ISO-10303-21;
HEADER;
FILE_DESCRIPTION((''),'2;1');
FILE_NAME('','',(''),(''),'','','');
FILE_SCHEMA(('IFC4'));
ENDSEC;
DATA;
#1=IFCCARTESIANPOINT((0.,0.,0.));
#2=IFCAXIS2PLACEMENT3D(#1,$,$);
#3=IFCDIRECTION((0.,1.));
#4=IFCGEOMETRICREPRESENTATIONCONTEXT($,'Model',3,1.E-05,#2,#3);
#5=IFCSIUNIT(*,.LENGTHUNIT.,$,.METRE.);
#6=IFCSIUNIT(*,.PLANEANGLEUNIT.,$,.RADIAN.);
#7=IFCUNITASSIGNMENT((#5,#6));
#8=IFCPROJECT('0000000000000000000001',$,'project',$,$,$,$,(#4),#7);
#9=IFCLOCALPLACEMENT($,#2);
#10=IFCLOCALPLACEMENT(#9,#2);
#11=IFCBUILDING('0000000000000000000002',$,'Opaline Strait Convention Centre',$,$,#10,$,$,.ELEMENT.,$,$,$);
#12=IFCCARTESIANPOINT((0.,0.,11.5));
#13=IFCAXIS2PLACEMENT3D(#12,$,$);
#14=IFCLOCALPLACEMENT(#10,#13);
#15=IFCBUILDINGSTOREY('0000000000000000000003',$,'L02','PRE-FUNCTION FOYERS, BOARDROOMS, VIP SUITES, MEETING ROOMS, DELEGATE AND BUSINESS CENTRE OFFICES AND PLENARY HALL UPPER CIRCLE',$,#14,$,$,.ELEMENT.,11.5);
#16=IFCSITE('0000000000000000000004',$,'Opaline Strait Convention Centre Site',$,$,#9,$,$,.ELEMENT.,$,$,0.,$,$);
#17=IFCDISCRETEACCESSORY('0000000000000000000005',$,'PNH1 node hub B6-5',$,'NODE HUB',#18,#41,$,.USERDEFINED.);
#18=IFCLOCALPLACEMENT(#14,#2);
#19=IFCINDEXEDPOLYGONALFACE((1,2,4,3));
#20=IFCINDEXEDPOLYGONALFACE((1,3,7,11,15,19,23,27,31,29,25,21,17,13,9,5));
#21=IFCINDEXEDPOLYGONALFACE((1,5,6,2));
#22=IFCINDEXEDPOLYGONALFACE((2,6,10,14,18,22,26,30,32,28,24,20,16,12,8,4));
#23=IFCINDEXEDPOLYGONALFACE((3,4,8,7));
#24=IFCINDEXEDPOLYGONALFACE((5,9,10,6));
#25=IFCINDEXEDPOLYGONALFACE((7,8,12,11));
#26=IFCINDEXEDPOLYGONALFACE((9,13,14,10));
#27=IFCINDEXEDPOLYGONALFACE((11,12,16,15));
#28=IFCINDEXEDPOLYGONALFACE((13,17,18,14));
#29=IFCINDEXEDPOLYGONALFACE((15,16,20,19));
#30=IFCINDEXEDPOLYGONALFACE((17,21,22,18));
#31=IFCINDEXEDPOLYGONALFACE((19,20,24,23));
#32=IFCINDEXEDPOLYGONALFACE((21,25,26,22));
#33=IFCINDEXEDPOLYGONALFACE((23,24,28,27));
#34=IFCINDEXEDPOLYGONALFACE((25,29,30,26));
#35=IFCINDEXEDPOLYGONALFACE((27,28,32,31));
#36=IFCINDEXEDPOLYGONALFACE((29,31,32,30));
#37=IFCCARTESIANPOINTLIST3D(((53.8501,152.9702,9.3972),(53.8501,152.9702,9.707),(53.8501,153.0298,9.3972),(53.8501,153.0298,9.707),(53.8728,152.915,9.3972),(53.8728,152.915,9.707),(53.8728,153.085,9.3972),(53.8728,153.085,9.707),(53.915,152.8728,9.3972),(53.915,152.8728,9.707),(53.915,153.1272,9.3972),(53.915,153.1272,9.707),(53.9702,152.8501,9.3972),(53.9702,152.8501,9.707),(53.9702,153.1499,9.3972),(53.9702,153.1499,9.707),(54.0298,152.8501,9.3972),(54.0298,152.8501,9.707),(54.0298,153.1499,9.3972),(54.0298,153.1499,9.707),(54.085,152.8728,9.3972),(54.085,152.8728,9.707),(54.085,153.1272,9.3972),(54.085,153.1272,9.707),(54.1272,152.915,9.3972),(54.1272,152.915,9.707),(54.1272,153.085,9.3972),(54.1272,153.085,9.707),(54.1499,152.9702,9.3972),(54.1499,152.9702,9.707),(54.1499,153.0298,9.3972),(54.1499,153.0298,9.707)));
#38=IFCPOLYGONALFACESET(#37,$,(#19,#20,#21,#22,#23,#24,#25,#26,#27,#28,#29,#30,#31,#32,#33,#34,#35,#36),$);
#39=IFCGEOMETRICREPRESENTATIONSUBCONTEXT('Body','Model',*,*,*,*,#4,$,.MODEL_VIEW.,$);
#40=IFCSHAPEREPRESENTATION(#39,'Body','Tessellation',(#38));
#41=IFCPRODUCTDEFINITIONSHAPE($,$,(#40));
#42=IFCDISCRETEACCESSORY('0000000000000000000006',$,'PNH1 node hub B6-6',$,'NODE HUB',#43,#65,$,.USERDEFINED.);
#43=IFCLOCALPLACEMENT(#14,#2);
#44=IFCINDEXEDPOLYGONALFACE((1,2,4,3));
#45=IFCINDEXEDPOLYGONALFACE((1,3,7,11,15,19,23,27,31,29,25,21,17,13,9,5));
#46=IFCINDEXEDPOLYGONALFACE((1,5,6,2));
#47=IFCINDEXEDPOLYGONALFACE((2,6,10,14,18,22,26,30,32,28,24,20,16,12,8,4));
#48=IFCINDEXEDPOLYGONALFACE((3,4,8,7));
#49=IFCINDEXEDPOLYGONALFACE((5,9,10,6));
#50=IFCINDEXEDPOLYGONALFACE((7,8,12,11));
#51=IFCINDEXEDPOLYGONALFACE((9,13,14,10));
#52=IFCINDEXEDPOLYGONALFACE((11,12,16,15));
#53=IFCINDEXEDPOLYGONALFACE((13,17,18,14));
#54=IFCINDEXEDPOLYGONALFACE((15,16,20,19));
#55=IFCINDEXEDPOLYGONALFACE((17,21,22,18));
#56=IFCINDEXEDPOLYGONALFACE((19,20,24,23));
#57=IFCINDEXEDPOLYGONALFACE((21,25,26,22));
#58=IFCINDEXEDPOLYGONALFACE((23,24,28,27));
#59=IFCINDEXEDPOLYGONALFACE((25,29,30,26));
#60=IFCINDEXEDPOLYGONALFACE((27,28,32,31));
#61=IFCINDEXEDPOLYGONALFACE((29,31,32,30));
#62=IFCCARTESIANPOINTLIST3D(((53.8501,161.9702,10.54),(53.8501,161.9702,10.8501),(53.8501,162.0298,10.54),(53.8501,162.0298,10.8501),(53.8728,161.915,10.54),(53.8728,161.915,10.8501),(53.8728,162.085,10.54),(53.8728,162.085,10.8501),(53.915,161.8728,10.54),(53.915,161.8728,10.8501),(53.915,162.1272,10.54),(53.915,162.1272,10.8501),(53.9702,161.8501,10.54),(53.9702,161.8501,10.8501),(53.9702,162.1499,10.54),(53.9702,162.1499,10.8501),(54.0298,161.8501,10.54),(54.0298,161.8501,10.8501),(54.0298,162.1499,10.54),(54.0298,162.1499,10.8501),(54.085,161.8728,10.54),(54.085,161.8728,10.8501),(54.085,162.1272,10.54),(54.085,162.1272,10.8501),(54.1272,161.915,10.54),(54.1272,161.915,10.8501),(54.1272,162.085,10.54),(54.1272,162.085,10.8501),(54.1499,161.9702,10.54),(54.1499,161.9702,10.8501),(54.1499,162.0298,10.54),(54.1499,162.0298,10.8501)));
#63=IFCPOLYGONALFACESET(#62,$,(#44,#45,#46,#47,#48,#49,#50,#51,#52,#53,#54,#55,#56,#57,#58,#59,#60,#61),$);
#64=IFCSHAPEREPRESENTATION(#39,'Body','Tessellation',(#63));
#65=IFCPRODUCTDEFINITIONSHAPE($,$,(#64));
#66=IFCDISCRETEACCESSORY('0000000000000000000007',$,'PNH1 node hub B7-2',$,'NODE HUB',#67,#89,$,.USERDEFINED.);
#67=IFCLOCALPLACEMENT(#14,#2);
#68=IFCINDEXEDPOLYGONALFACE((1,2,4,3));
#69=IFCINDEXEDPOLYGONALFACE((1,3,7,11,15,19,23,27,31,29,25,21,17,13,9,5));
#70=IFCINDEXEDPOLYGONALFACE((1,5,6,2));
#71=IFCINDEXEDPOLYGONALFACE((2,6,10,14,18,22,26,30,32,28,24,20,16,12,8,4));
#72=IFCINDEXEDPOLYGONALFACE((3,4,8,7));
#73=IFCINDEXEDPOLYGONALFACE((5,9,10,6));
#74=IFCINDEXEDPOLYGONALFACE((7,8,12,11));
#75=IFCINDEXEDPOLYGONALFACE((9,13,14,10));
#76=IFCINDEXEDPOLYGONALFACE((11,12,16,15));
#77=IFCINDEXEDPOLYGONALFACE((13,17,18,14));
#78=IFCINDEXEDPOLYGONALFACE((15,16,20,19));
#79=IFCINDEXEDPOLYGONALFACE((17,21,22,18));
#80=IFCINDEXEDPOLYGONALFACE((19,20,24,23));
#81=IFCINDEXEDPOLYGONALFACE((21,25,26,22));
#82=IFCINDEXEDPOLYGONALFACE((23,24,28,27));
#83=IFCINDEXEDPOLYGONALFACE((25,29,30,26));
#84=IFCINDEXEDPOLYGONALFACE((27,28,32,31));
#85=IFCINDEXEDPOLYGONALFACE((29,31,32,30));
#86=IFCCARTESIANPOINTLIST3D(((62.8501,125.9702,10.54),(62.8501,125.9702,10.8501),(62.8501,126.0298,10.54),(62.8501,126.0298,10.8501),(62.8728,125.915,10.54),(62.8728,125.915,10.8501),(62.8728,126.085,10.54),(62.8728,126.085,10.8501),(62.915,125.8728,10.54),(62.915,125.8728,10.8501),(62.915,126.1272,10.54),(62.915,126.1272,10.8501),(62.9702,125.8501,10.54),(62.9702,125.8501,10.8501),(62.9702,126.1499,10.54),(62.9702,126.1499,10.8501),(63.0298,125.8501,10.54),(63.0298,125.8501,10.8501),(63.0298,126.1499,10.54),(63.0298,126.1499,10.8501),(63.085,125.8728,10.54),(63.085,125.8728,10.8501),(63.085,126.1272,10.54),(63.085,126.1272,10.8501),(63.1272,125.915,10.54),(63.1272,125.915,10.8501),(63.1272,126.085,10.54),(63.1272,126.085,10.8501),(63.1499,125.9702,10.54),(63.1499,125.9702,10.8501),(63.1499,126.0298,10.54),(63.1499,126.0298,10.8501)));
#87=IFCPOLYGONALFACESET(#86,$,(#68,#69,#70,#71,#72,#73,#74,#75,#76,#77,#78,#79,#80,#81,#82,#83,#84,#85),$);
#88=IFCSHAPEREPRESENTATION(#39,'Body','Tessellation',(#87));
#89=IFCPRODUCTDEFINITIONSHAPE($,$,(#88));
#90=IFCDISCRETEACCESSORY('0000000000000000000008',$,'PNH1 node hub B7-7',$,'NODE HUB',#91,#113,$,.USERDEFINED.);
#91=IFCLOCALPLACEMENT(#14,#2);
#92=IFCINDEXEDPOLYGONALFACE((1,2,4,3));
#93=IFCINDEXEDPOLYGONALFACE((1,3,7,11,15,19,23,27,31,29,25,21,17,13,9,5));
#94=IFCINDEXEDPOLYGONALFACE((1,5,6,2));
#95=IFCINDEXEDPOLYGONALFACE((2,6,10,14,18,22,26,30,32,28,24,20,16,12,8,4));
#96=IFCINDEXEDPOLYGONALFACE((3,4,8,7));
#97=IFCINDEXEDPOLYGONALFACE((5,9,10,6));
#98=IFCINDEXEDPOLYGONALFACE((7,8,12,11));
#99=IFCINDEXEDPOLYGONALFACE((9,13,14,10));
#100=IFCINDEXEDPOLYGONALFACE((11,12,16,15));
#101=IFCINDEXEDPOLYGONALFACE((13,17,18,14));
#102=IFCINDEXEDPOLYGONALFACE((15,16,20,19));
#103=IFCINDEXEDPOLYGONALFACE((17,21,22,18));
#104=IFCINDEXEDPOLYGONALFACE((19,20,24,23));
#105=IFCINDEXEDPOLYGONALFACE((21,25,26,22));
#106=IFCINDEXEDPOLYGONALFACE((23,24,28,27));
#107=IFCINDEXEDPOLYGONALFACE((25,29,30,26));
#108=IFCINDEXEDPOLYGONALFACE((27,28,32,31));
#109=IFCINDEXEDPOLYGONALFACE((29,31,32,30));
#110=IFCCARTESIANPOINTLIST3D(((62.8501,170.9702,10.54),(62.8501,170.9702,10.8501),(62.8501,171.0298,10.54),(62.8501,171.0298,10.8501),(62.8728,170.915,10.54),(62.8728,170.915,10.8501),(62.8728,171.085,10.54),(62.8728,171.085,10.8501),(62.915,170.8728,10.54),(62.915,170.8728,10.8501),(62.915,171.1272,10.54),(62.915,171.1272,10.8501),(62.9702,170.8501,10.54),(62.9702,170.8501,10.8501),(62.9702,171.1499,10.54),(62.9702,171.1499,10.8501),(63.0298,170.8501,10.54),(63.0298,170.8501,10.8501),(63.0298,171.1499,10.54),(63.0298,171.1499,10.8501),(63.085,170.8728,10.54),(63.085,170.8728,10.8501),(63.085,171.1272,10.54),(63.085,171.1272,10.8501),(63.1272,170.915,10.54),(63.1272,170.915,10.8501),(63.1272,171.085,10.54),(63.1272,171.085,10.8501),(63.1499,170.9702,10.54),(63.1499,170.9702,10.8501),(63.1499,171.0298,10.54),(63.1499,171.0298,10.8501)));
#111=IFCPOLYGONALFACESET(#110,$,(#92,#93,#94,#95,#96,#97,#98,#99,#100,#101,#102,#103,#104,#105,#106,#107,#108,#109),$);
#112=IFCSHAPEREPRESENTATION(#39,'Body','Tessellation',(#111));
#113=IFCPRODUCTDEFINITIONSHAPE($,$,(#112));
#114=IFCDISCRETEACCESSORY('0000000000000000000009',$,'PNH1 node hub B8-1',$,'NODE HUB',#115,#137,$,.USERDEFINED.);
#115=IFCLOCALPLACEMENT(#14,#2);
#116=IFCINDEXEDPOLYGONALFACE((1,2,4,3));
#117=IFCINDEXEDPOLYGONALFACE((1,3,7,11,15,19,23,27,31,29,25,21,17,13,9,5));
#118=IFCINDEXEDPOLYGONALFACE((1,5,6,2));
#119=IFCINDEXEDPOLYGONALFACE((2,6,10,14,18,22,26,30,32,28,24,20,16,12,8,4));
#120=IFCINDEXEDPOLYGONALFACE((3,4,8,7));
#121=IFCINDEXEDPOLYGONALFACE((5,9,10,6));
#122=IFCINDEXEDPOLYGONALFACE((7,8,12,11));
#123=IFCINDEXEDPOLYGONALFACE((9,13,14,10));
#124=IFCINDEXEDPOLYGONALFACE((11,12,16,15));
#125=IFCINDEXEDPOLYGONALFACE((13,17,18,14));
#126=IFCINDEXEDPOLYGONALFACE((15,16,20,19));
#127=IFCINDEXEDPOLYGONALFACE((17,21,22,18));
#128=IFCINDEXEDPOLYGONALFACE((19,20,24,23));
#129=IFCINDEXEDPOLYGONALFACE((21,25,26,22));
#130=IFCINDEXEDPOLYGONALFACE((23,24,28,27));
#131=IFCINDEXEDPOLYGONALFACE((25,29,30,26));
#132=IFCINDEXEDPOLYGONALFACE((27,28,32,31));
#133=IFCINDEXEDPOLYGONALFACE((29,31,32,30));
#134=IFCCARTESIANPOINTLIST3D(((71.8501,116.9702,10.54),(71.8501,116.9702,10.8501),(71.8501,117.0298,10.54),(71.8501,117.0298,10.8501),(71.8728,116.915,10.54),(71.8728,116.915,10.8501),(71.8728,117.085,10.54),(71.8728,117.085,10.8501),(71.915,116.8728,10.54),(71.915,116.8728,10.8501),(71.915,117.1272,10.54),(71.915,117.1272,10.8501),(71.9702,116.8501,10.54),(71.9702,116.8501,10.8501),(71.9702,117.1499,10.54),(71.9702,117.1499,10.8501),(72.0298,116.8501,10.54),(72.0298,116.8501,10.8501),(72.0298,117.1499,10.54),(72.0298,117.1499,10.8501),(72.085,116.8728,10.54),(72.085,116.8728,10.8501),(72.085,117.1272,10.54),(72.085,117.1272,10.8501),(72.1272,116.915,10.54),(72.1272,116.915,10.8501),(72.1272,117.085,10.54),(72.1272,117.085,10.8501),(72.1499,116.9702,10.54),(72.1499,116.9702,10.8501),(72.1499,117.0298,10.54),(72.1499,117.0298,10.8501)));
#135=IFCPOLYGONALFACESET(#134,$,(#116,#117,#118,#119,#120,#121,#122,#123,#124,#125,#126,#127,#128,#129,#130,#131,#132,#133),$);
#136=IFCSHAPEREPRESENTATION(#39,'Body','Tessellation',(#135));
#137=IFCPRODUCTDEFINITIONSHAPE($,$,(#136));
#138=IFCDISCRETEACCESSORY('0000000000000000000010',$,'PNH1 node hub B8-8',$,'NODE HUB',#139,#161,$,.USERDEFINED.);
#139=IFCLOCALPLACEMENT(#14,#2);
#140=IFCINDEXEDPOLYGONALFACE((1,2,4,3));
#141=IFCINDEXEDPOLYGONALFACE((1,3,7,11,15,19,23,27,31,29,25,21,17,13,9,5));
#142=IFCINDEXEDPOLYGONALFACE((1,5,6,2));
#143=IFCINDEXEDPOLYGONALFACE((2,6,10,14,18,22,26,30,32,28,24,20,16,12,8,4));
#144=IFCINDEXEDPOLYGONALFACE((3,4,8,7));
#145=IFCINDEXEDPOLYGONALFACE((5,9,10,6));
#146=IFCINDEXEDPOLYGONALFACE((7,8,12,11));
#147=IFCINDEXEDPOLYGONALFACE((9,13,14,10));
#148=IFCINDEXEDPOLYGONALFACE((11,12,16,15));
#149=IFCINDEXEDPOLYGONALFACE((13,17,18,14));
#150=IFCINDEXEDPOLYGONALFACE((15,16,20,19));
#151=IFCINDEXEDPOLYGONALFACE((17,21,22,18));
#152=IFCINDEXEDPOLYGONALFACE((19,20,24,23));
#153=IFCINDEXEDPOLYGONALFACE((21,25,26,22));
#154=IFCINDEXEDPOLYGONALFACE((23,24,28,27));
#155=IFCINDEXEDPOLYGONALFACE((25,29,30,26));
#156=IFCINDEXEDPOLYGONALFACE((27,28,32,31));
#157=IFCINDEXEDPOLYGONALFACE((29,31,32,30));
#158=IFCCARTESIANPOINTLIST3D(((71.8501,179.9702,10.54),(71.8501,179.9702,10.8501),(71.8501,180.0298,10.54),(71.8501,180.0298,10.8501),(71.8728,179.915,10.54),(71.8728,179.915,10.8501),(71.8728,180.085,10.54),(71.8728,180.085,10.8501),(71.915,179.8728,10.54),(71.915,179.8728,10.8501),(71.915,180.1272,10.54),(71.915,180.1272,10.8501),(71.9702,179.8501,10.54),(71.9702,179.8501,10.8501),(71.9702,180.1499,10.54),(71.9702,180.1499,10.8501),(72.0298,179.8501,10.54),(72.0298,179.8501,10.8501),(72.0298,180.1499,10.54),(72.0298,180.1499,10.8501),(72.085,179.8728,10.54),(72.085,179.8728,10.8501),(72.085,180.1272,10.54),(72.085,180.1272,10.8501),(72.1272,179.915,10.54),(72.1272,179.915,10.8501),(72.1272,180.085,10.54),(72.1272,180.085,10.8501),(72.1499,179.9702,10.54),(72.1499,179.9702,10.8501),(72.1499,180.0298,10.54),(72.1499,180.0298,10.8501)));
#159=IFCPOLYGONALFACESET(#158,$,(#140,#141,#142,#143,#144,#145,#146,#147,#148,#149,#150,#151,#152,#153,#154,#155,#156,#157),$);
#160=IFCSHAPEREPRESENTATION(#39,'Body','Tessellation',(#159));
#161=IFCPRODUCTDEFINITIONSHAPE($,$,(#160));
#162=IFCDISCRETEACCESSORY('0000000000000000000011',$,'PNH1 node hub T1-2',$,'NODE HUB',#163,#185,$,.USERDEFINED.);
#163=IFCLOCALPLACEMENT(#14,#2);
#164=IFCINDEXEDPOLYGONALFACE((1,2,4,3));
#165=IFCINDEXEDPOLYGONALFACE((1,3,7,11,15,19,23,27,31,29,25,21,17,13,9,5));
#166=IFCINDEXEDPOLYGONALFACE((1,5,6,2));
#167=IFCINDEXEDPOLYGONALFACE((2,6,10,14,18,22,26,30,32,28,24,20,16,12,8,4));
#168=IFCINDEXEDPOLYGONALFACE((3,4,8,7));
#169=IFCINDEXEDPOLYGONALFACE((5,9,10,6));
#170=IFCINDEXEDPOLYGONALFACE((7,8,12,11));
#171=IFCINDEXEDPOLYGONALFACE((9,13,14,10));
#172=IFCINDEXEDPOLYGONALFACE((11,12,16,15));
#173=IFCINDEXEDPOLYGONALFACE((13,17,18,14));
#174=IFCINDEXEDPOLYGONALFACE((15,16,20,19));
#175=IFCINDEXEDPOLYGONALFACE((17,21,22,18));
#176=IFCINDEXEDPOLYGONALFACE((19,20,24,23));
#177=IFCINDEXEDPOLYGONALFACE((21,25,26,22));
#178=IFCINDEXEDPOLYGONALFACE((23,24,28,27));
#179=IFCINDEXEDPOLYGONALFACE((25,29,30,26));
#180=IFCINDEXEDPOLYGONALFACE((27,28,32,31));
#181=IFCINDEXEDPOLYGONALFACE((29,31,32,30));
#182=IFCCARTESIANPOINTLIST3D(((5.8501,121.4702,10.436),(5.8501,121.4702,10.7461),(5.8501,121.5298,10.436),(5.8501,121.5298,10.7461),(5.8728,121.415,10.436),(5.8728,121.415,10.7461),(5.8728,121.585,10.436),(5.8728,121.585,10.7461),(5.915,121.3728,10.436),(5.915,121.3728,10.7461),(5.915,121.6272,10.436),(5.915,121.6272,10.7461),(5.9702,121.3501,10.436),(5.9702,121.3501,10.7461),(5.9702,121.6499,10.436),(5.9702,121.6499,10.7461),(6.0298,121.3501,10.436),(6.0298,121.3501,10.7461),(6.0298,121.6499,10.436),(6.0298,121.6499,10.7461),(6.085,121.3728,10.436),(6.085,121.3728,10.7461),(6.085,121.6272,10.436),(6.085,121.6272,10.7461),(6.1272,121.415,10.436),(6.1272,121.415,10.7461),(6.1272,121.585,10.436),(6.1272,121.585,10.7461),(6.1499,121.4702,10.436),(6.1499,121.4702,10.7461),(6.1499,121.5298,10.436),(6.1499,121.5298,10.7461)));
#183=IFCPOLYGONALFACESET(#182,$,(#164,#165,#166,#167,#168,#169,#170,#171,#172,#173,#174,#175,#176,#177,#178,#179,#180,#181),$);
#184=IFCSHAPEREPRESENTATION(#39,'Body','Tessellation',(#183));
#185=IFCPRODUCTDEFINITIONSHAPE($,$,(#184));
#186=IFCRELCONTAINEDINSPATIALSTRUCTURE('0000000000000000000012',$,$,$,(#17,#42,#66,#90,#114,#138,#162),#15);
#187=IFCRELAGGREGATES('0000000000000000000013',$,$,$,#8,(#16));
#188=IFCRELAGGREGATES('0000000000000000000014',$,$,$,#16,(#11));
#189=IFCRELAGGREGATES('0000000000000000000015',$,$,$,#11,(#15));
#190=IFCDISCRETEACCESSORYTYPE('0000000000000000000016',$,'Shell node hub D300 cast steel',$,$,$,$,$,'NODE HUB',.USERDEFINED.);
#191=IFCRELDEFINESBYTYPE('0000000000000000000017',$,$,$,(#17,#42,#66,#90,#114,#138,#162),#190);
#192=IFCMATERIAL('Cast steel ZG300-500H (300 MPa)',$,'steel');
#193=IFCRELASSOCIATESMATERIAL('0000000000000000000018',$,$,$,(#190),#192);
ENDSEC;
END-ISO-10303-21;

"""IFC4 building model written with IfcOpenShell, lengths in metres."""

from ifc_helpers import new_model, si_unit, direction, frame, origin, place, context, subcontext, project, spatial, polyline, outline, extrude, material, type_object, element, save


model = new_model("IFC4")

# Units and contexts
model_context = context("Model", 3, precision=1e-05, world=origin(), true_north=direction((0.0, 1.0)))
body_context = subcontext(model_context, "Body", "Model", "MODEL_VIEW")
ifc_project = project(units=[si_unit("LENGTHUNIT", "METRE"), si_unit("PLANEANGLEUNIT", "RADIAN")], contexts=[model_context])

# Site, building, storey
site_placement = place(None, origin())
site = spatial("IfcSite", under=ifc_project, at=site_placement, Name="Opaline Strait Convention Centre Site", CompositionType="ELEMENT", RefElevation=0.0)
building_placement = place(site_placement, origin())
building = spatial("IfcBuilding", under=site, at=building_placement, Name="Opaline Strait Convention Centre", CompositionType="ELEMENT")
storey_placement = place(building_placement, frame((0.0, 0.0, 11.5)))
storey = spatial("IfcBuildingStorey", under=building, at=storey_placement, Name="L02", Description="PRE-FUNCTION FOYERS, BOARDROOMS, VIP SUITES, MEETING ROOMS, DELEGATE AND BUSINESS CENTRE OFFICES AND PLENARY HALL UPPER CIRCLE", CompositionType="ELEMENT", Elevation=11.5)

# Discrete accessories
ifc_material = material(Name="Cast steel ZG300-500H (300 MPa)", Category="steel")
discrete_accessory_type = type_object("IfcDiscreteAccessoryType", Name="Shell node hub D300 cast steel", ElementType="NODE HUB", PredefinedType="USERDEFINED", material=ifc_material)
discrete_accessory_1_placement = place(storey_placement, frame((0.0, 0.0, 9.3972)))
element("IfcDiscreteAccessory", 1, at=discrete_accessory_1_placement, inside=storey, type_object=discrete_accessory_type, Name="PNH1 node hub B6-5", ObjectType="NODE HUB", PredefinedType="USERDEFINED", context=body_context, shape_type="SweptSolid", body=[
    extrude(outline(polyline([(54.1499, 153.0298), (54.1272, 153.085), (54.085, 153.1272), (54.0298, 153.1499), (53.9702, 153.1499), (53.915, 153.1272), (53.8728, 153.085), (53.8501, 153.0298), (53.8501, 152.9702), (53.8728, 152.915), (53.915, 152.8728), (53.9702, 152.8501), (54.0298, 152.8501), (54.085, 152.8728), (54.1272, 152.915), (54.1499, 152.9702), (54.1499, 153.0298)])), origin(), (0.0, 0.0, 1.0), 0.3098),
])
discrete_accessory_2_placement = place(storey_placement, frame((0.0, 0.0, 10.54)))
element("IfcDiscreteAccessory", 2, at=discrete_accessory_2_placement, inside=storey, type_object=discrete_accessory_type, Name="PNH1 node hub B6-6", ObjectType="NODE HUB", PredefinedType="USERDEFINED", context=body_context, shape_type="SweptSolid", body=[
    extrude(outline(polyline([(54.1499, 162.0298), (54.1272, 162.085), (54.085, 162.1272), (54.0298, 162.1499), (53.9702, 162.1499), (53.915, 162.1272), (53.8728, 162.085), (53.8501, 162.0298), (53.8501, 161.9702), (53.8728, 161.915), (53.915, 161.8728), (53.9702, 161.8501), (54.0298, 161.8501), (54.085, 161.8728), (54.1272, 161.915), (54.1499, 161.9702), (54.1499, 162.0298)])), origin(), (0.0, 0.0, 1.0), 0.3101),
])
discrete_accessory_3_placement = place(storey_placement, frame((0.0, 0.0, 10.54)))
element("IfcDiscreteAccessory", 3, at=discrete_accessory_3_placement, inside=storey, type_object=discrete_accessory_type, Name="PNH1 node hub B7-2", ObjectType="NODE HUB", PredefinedType="USERDEFINED", context=body_context, shape_type="SweptSolid", body=[
    extrude(outline(polyline([(63.1499, 126.0298), (63.1272, 126.085), (63.085, 126.1272), (63.0298, 126.1499), (62.9702, 126.1499), (62.915, 126.1272), (62.8728, 126.085), (62.8501, 126.0298), (62.8501, 125.9702), (62.8728, 125.915), (62.915, 125.8728), (62.9702, 125.8501), (63.0298, 125.8501), (63.085, 125.8728), (63.1272, 125.915), (63.1499, 125.9702), (63.1499, 126.0298)])), origin(), (0.0, 0.0, 1.0), 0.3101),
])
discrete_accessory_4_placement = place(storey_placement, frame((0.0, 0.0, 10.54)))
element("IfcDiscreteAccessory", 4, at=discrete_accessory_4_placement, inside=storey, type_object=discrete_accessory_type, Name="PNH1 node hub B7-7", ObjectType="NODE HUB", PredefinedType="USERDEFINED", context=body_context, shape_type="SweptSolid", body=[
    extrude(outline(polyline([(63.1499, 171.0298), (63.1272, 171.085), (63.085, 171.1272), (63.0298, 171.1499), (62.9702, 171.1499), (62.915, 171.1272), (62.8728, 171.085), (62.8501, 171.0298), (62.8501, 170.9702), (62.8728, 170.915), (62.915, 170.8728), (62.9702, 170.8501), (63.0298, 170.8501), (63.085, 170.8728), (63.1272, 170.915), (63.1499, 170.9702), (63.1499, 171.0298)])), origin(), (0.0, 0.0, 1.0), 0.3101),
])
discrete_accessory_5_placement = place(storey_placement, frame((0.0, 0.0, 10.54)))
element("IfcDiscreteAccessory", 5, at=discrete_accessory_5_placement, inside=storey, type_object=discrete_accessory_type, Name="PNH1 node hub B8-1", ObjectType="NODE HUB", PredefinedType="USERDEFINED", context=body_context, shape_type="SweptSolid", body=[
    extrude(outline(polyline([(72.1499, 117.0298), (72.1272, 117.085), (72.085, 117.1272), (72.0298, 117.1499), (71.9702, 117.1499), (71.915, 117.1272), (71.8728, 117.085), (71.8501, 117.0298), (71.8501, 116.9702), (71.8728, 116.915), (71.915, 116.8728), (71.9702, 116.8501), (72.0298, 116.8501), (72.085, 116.8728), (72.1272, 116.915), (72.1499, 116.9702), (72.1499, 117.0298)])), origin(), (0.0, 0.0, 1.0), 0.3101),
])
discrete_accessory_6_placement = place(storey_placement, frame((0.0, 0.0, 10.54)))
element("IfcDiscreteAccessory", 6, at=discrete_accessory_6_placement, inside=storey, type_object=discrete_accessory_type, Name="PNH1 node hub B8-8", ObjectType="NODE HUB", PredefinedType="USERDEFINED", context=body_context, shape_type="SweptSolid", body=[
    extrude(outline(polyline([(72.1499, 180.0298), (72.1272, 180.085), (72.085, 180.1272), (72.0298, 180.1499), (71.9702, 180.1499), (71.915, 180.1272), (71.8728, 180.085), (71.8501, 180.0298), (71.8501, 179.9702), (71.8728, 179.915), (71.915, 179.8728), (71.9702, 179.8501), (72.0298, 179.8501), (72.085, 179.8728), (72.1272, 179.915), (72.1499, 179.9702), (72.1499, 180.0298)])), origin(), (0.0, 0.0, 1.0), 0.3101),
])
discrete_accessory_7_placement = place(storey_placement, frame((0.0, 0.0, 10.436)))
element("IfcDiscreteAccessory", 7, at=discrete_accessory_7_placement, inside=storey, type_object=discrete_accessory_type, Name="PNH1 node hub T1-2", ObjectType="NODE HUB", PredefinedType="USERDEFINED", context=body_context, shape_type="SweptSolid", body=[
    extrude(outline(polyline([(6.1499, 121.5298), (6.1272, 121.585), (6.085, 121.6272), (6.0298, 121.6499), (5.9702, 121.6499), (5.915, 121.6272), (5.8728, 121.585), (5.8501, 121.5298), (5.8501, 121.4702), (5.8728, 121.415), (5.915, 121.3728), (5.9702, 121.3501), (6.0298, 121.3501), (6.085, 121.3728), (6.1272, 121.415), (6.1499, 121.4702), (6.1499, 121.5298)])), origin(), (0.0, 0.0, 1.0), 0.3101),
])

save(model, "model.ifc")
